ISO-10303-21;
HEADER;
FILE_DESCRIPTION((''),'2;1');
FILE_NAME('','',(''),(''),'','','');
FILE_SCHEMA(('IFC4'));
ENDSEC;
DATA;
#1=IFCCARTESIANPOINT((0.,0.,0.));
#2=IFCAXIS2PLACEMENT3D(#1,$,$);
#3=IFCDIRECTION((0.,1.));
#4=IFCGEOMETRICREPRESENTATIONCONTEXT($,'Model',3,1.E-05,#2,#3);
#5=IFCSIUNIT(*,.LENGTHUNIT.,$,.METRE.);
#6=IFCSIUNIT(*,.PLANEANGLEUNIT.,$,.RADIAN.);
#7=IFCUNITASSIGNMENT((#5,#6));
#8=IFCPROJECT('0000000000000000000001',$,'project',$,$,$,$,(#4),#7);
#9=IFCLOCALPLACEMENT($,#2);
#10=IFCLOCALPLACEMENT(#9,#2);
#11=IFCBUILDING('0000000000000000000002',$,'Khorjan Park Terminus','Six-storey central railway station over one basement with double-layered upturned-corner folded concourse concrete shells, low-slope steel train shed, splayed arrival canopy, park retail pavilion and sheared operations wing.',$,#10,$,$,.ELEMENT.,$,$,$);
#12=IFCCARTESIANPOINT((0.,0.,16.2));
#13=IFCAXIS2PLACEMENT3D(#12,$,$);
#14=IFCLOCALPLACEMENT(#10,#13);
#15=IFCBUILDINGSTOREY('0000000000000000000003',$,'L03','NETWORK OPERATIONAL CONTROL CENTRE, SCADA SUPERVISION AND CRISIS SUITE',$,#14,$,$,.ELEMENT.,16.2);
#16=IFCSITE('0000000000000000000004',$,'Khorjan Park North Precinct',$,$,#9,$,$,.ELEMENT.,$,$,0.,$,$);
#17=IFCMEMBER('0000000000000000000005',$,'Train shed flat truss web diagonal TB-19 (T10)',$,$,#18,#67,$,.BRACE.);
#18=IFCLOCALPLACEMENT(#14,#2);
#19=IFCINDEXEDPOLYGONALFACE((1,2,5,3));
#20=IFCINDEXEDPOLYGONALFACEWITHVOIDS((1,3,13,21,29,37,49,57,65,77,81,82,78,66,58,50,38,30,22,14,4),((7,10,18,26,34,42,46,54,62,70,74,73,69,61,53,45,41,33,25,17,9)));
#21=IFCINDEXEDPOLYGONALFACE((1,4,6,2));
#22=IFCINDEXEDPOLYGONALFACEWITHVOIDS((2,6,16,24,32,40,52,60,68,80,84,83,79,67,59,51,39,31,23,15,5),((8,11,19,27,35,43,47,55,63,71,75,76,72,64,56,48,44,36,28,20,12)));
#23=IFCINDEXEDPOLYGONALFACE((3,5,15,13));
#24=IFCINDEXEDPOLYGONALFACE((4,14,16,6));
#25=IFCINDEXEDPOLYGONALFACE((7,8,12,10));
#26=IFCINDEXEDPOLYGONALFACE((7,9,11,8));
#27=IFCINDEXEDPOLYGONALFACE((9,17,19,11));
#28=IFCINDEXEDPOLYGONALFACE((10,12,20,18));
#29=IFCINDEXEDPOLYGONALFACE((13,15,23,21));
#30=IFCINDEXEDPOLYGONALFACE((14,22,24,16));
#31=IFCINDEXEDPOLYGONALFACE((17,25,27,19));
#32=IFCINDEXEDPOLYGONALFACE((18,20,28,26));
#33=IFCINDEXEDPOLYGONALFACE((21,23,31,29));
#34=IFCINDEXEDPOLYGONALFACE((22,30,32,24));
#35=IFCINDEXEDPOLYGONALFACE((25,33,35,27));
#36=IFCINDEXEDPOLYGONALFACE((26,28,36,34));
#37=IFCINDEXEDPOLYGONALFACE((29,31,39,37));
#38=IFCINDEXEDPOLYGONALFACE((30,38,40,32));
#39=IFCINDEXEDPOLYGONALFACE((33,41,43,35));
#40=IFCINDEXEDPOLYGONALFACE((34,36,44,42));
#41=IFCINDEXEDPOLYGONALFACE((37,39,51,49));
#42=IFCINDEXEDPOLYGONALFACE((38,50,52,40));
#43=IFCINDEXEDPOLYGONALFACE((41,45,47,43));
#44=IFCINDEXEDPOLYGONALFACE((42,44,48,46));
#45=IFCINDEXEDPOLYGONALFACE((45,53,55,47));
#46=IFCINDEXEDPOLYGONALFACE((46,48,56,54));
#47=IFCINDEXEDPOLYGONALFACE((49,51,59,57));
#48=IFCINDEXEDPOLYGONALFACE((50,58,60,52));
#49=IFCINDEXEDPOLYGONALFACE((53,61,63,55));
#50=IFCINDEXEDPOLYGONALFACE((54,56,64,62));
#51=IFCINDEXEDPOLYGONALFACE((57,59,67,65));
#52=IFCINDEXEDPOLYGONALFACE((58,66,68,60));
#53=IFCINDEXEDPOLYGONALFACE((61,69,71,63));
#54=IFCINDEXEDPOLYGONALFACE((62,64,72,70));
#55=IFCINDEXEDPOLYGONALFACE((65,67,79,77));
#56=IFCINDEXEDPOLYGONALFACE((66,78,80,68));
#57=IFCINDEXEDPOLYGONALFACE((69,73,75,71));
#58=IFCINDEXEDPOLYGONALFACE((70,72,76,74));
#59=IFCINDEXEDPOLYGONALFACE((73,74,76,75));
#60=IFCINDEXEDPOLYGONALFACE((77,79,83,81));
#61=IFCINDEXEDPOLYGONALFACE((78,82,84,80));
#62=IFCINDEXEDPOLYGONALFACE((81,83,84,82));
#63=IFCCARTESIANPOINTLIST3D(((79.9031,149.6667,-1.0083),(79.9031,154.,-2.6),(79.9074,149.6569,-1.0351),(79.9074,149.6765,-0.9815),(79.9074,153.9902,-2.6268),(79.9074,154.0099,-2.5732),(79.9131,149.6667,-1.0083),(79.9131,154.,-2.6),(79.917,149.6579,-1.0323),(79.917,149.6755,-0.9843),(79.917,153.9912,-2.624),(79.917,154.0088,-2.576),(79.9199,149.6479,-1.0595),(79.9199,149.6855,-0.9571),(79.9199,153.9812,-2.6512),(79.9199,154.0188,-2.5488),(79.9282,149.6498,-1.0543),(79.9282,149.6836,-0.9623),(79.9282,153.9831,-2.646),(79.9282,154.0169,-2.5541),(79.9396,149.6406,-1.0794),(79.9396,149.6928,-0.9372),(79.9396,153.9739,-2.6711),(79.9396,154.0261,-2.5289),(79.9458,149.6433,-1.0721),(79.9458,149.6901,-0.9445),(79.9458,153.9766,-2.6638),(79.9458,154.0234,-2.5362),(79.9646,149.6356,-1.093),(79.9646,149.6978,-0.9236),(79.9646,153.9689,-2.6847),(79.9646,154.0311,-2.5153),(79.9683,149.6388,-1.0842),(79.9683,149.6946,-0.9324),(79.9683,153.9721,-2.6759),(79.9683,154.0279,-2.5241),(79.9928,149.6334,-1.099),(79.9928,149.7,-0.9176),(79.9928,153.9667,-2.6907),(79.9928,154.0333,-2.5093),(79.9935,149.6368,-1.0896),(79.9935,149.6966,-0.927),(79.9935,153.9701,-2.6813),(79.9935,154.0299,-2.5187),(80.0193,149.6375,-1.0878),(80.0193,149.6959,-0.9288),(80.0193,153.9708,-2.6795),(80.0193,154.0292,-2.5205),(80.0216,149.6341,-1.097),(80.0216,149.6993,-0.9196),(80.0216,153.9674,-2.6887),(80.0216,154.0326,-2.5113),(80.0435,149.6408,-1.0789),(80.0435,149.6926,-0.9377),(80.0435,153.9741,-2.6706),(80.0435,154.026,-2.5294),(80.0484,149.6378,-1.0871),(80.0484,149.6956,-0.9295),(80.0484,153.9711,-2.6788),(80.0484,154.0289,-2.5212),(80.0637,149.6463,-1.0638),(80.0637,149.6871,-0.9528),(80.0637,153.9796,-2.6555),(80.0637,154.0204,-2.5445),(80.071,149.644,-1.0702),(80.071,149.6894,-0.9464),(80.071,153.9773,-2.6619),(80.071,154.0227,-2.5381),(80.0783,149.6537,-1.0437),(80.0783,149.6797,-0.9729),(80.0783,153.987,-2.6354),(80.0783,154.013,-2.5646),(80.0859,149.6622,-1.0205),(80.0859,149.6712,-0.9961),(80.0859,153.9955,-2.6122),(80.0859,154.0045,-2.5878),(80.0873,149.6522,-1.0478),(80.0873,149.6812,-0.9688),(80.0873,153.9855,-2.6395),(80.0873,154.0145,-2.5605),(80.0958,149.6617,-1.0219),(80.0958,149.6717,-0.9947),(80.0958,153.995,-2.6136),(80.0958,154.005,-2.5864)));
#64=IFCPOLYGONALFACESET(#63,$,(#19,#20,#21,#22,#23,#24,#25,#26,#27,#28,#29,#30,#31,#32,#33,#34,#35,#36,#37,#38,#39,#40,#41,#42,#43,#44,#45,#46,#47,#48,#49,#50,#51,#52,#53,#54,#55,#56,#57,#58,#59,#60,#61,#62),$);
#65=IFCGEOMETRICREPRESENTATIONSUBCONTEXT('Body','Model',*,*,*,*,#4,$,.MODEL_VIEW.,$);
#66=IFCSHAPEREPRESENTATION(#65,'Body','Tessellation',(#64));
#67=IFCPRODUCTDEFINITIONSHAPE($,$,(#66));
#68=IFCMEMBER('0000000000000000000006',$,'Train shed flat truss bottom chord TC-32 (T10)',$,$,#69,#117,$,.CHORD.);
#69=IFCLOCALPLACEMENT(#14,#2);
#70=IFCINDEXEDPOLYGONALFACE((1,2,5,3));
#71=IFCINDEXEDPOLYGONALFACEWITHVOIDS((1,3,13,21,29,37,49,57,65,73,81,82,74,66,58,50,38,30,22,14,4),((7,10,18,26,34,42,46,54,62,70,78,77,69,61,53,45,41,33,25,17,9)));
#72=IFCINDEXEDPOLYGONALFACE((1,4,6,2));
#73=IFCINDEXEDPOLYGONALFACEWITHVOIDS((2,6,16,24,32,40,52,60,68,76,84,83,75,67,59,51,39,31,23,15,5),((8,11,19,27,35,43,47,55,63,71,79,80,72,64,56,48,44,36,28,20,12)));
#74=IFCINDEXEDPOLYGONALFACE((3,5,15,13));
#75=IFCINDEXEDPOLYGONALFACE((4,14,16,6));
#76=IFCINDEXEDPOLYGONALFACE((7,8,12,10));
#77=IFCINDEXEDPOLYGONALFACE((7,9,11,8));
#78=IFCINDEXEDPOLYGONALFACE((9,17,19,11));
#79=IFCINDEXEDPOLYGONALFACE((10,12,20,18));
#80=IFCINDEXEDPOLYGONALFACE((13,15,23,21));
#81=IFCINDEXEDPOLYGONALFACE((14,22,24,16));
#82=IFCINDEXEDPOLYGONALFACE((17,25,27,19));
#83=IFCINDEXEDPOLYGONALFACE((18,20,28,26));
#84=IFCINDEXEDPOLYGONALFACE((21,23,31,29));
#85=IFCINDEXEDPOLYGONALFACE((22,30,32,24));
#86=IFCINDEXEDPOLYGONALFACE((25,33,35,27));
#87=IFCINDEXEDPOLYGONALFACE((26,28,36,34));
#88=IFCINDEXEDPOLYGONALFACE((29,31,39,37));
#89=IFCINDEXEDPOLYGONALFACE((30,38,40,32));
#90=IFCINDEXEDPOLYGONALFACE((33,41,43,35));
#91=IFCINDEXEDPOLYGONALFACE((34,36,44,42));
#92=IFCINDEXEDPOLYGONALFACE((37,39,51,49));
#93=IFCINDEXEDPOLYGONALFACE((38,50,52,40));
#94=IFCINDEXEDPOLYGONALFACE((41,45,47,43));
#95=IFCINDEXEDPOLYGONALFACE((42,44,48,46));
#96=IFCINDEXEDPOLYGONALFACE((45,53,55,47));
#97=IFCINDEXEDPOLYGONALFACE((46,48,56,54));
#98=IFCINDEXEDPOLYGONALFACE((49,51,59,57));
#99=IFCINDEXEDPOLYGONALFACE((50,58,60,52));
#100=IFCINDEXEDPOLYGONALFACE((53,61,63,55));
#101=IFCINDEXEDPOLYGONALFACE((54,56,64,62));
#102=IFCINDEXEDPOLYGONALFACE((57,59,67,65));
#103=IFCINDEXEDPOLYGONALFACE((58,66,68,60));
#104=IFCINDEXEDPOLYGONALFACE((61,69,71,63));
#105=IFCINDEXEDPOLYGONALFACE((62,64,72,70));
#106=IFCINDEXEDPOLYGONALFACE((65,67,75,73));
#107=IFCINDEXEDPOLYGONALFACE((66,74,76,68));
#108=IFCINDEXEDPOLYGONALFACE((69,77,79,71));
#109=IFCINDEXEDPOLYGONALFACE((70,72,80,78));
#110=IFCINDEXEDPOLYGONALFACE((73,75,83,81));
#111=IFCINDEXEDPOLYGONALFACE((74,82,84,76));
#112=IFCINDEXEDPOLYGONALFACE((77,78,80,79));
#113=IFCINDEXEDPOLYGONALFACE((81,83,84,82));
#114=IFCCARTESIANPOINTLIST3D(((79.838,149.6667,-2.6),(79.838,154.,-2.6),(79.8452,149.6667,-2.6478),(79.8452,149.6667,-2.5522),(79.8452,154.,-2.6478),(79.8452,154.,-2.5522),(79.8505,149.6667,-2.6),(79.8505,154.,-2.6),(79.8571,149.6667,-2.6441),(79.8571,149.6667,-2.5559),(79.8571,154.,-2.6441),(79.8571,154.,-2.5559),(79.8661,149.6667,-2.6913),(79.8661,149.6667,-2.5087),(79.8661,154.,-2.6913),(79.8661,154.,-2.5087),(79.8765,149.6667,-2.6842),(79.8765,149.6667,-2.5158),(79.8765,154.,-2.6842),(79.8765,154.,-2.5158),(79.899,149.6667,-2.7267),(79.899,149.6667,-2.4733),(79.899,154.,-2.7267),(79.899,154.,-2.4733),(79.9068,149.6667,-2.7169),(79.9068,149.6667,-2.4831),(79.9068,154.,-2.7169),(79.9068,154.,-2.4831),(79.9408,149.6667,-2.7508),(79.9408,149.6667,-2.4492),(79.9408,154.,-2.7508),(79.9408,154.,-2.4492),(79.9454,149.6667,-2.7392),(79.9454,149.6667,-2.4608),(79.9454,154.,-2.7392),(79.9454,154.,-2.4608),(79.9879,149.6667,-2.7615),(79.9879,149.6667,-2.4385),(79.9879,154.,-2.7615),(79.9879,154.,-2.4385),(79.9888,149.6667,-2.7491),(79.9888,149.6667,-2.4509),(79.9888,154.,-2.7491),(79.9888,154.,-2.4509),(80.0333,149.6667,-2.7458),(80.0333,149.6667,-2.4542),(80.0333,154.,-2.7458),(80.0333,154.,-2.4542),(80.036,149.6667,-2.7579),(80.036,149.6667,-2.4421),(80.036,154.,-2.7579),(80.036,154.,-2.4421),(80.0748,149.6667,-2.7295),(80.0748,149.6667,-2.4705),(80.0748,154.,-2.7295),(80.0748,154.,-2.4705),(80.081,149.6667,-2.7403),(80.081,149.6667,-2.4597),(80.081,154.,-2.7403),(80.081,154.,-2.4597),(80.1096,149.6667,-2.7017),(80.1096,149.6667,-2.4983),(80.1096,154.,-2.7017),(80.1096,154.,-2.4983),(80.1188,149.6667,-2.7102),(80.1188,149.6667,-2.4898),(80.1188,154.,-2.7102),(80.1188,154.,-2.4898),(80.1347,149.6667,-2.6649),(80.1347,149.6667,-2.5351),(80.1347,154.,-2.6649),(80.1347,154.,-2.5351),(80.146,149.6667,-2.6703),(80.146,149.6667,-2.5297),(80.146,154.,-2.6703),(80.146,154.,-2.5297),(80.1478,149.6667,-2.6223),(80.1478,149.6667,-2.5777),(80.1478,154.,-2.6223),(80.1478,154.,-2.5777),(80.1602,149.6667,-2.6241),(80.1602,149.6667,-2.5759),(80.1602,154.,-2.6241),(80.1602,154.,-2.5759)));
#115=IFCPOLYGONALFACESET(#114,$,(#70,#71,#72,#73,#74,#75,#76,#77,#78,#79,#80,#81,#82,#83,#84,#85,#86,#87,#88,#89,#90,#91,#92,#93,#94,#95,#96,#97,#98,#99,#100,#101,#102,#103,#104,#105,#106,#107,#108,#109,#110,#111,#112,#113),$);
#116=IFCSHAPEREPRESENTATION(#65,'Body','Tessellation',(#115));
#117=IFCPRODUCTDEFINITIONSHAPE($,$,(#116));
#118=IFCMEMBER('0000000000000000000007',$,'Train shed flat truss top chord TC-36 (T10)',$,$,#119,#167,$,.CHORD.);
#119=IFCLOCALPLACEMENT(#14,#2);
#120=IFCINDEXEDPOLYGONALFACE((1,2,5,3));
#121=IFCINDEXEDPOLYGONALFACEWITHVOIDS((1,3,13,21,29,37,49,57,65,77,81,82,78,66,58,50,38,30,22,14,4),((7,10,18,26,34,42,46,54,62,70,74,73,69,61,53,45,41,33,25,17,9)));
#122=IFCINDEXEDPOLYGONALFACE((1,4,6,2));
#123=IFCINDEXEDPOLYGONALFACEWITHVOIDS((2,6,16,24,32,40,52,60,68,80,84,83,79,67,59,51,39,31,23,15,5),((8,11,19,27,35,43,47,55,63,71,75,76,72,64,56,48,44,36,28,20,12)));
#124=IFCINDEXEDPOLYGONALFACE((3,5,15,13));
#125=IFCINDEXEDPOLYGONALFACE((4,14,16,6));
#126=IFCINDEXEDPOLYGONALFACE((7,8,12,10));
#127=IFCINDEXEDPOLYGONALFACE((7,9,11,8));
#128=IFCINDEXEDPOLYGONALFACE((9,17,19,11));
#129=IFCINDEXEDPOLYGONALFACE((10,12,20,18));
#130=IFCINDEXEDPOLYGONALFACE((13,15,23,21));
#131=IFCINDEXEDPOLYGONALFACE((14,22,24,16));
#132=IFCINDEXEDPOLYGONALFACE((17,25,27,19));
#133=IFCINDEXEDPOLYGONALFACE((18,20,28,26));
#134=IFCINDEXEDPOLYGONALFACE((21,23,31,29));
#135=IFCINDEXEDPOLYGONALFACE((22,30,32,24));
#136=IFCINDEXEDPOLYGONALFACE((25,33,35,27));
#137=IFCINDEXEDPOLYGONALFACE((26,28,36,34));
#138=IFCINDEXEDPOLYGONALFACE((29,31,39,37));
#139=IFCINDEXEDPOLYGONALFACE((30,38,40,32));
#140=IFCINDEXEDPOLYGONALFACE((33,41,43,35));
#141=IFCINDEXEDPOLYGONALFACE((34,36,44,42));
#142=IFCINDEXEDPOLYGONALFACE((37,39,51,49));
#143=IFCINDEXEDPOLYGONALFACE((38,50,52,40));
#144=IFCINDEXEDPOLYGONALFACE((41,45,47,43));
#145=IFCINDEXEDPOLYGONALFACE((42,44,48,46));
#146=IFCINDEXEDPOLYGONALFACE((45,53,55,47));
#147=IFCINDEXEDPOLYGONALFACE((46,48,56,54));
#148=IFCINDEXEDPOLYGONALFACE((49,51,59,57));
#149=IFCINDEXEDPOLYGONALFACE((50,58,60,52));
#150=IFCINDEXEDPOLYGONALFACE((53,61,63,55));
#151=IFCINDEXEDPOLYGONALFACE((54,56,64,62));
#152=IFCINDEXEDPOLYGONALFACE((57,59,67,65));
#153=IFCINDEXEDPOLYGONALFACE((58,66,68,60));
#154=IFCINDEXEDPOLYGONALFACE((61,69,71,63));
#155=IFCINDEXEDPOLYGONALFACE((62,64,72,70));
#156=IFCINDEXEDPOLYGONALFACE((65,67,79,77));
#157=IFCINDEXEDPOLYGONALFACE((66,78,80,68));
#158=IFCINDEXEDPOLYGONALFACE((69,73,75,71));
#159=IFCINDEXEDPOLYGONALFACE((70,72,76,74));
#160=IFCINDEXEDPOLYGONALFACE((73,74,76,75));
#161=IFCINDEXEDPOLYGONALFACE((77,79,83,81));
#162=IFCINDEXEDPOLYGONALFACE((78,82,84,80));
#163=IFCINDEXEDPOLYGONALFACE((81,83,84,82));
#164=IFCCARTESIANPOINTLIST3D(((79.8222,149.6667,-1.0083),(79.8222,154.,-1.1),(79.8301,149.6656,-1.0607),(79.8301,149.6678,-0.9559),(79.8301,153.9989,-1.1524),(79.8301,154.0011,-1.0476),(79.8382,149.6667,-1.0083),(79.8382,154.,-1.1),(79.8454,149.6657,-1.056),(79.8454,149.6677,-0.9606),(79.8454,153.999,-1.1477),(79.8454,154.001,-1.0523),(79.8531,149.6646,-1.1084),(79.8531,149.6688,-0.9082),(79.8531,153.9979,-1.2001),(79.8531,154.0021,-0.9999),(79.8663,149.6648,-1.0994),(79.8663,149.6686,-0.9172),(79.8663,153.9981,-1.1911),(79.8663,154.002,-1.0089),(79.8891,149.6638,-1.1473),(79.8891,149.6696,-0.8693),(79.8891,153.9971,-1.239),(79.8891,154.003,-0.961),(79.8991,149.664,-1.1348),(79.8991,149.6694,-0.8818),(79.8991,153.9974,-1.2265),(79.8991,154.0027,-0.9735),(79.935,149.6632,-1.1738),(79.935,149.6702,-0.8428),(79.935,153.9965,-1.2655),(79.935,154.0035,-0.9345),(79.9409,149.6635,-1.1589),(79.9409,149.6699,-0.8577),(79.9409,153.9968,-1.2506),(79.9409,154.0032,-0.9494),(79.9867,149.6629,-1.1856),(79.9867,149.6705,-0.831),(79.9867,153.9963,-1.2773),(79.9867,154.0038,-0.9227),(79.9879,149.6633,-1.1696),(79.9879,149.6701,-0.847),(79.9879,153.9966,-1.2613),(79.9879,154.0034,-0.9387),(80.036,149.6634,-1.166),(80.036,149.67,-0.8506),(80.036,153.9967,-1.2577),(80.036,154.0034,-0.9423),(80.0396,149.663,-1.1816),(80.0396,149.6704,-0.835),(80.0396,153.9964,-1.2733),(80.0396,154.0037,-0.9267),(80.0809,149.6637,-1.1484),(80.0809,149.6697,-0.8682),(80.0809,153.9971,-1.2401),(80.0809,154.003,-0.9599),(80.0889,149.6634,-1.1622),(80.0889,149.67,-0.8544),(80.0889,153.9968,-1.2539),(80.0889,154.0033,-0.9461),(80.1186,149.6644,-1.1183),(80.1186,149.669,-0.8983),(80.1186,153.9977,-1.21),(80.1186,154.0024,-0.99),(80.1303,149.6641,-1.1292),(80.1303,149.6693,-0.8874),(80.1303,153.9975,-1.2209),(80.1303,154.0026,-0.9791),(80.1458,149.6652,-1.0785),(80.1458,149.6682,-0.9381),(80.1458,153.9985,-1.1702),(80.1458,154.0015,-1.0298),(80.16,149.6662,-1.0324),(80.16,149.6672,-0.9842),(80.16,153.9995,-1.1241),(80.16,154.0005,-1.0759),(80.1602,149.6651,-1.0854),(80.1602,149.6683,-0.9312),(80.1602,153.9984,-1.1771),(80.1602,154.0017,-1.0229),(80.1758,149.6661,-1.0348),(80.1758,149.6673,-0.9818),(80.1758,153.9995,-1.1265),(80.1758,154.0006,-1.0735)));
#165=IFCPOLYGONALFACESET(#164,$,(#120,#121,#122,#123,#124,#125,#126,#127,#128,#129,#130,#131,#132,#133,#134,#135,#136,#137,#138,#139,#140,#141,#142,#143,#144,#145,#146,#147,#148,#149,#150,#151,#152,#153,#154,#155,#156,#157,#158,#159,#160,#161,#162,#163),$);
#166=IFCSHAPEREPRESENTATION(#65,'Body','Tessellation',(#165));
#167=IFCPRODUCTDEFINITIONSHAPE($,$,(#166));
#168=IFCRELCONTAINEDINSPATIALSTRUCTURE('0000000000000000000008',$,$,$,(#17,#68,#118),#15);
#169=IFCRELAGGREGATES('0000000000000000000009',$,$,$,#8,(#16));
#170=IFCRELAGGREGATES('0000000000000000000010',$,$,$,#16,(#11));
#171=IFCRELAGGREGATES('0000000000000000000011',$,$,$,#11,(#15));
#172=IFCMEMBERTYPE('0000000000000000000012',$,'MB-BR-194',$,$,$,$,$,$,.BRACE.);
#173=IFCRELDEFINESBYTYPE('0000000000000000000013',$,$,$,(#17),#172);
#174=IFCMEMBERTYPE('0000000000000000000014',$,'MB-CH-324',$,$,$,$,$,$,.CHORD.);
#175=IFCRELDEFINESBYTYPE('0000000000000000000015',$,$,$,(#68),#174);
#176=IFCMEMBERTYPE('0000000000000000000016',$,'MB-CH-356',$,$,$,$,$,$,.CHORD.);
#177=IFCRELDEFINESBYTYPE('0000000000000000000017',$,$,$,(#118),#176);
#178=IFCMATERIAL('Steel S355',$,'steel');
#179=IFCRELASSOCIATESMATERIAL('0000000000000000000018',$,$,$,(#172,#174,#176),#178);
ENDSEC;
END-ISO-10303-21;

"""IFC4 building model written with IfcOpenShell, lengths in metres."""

from ifc_helpers import new_model, si_unit, direction, frame, origin, origin_2d, place, context, subcontext, project, spatial, hollow_circle, extrude, material, material_profile, profile_set, type_object, element, save


model = new_model("IFC4")

# Units and contexts
model_context = context("Model", 3, precision=1e-05, world=origin(), true_north=direction((0.0, 1.0)))
body_context = subcontext(model_context, "Body", "Model", "MODEL_VIEW")
ifc_project = project(units=[si_unit("LENGTHUNIT", "METRE"), si_unit("PLANEANGLEUNIT", "RADIAN")], contexts=[model_context])

# Site, building, storey
site_placement = place(None, origin())
site = spatial("IfcSite", under=ifc_project, at=site_placement, Name="Khorjan Park North Precinct", CompositionType="ELEMENT", RefElevation=0.0)
building_placement = place(site_placement, origin())
building = spatial("IfcBuilding", under=site, at=building_placement, Name="Khorjan Park Terminus", Description="Six-storey central railway station over one basement with double-layered upturned-corner folded concourse concrete shells, low-slope steel train shed, splayed arrival canopy, park retail pavilion and sheared operations wing.", CompositionType="ELEMENT")
storey_placement = place(building_placement, frame((0.0, 0.0, 16.2)))
storey = spatial("IfcBuildingStorey", under=building, at=storey_placement, Name="L03", Description="NETWORK OPERATIONAL CONTROL CENTRE, SCADA SUPERVISION AND CRISIS SUITE", CompositionType="ELEMENT", Elevation=16.2)

# Members
ifc_material = material(Name="Steel S355", Category="steel")
ifc_material_profile_1 = material_profile(ifc_material, hollow_circle(Radius=0.0969, WallThickness=0.01, at=origin_2d()), Name="CHS 193.7x10")
ifc_profile_set_1 = profile_set([ifc_material_profile_1], Name="Steel S355")
member_type_1 = type_object("IfcMemberType", Name="MB-BR-194", PredefinedType="BRACE", material=ifc_profile_set_1)
member_1_placement = place(storey_placement, frame((80.0, 149.6667, -1.0083), z_axis=(0.0, 0.938678, -0.344794), x_axis=(-1.0, 0.0, 0.0)))
element("IfcMember", 1, at=member_1_placement, inside=storey, type_object=member_type_1, Name="Train shed flat truss web diagonal TB-19 (T10)", PredefinedType="BRACE", context=body_context, shape_type="SweptSolid", body=[
    extrude(hollow_circle(Radius=0.0969, WallThickness=0.01, at=origin_2d()), origin(), (0.0, 0.0, 1.0), 4.6164),
])
ifc_material_profile_2 = material_profile(ifc_material, hollow_circle(Radius=0.162, WallThickness=0.0125, at=origin_2d()), Name="CHS 323.9x12.5")
ifc_profile_set_2 = profile_set([ifc_material_profile_2], Name="Steel S355")
member_type_2 = type_object("IfcMemberType", Name="MB-CH-324", PredefinedType="CHORD", material=ifc_profile_set_2)
member_2_placement = place(storey_placement, frame((80.0, 149.6667, -2.6), z_axis=(0.0, 1.0, 0.0), x_axis=(-1.0, 0.0, 0.0)))
element("IfcMember", 2, at=member_2_placement, inside=storey, type_object=member_type_2, Name="Train shed flat truss bottom chord TC-32 (T10)", PredefinedType="CHORD", context=body_context, shape_type="SweptSolid", body=[
    extrude(hollow_circle(Radius=0.162, WallThickness=0.0125, at=origin_2d()), origin(), (0.0, 0.0, 1.0), 4.3333),
])
ifc_material_profile_3 = material_profile(ifc_material, hollow_circle(Radius=0.1778, WallThickness=0.016, at=origin_2d()), Name="CHS 355.6x16")
ifc_profile_set_3 = profile_set([ifc_material_profile_3], Name="Steel S355")
member_type_3 = type_object("IfcMemberType", Name="MB-CH-356", PredefinedType="CHORD", material=ifc_profile_set_3)
member_3_placement = place(storey_placement, frame((80.0, 149.6667, -1.0083), z_axis=(0.0, 0.999776, -0.021157), x_axis=(-1.0, 0.0, 0.0)))
element("IfcMember", 3, at=member_3_placement, inside=storey, type_object=member_type_3, Name="Train shed flat truss top chord TC-36 (T10)", PredefinedType="CHORD", context=body_context, shape_type="SweptSolid", body=[
    extrude(hollow_circle(Radius=0.1778, WallThickness=0.016, at=origin_2d()), origin(), (0.0, 0.0, 1.0), 4.3343),
])

save(model, "model.ifc")
